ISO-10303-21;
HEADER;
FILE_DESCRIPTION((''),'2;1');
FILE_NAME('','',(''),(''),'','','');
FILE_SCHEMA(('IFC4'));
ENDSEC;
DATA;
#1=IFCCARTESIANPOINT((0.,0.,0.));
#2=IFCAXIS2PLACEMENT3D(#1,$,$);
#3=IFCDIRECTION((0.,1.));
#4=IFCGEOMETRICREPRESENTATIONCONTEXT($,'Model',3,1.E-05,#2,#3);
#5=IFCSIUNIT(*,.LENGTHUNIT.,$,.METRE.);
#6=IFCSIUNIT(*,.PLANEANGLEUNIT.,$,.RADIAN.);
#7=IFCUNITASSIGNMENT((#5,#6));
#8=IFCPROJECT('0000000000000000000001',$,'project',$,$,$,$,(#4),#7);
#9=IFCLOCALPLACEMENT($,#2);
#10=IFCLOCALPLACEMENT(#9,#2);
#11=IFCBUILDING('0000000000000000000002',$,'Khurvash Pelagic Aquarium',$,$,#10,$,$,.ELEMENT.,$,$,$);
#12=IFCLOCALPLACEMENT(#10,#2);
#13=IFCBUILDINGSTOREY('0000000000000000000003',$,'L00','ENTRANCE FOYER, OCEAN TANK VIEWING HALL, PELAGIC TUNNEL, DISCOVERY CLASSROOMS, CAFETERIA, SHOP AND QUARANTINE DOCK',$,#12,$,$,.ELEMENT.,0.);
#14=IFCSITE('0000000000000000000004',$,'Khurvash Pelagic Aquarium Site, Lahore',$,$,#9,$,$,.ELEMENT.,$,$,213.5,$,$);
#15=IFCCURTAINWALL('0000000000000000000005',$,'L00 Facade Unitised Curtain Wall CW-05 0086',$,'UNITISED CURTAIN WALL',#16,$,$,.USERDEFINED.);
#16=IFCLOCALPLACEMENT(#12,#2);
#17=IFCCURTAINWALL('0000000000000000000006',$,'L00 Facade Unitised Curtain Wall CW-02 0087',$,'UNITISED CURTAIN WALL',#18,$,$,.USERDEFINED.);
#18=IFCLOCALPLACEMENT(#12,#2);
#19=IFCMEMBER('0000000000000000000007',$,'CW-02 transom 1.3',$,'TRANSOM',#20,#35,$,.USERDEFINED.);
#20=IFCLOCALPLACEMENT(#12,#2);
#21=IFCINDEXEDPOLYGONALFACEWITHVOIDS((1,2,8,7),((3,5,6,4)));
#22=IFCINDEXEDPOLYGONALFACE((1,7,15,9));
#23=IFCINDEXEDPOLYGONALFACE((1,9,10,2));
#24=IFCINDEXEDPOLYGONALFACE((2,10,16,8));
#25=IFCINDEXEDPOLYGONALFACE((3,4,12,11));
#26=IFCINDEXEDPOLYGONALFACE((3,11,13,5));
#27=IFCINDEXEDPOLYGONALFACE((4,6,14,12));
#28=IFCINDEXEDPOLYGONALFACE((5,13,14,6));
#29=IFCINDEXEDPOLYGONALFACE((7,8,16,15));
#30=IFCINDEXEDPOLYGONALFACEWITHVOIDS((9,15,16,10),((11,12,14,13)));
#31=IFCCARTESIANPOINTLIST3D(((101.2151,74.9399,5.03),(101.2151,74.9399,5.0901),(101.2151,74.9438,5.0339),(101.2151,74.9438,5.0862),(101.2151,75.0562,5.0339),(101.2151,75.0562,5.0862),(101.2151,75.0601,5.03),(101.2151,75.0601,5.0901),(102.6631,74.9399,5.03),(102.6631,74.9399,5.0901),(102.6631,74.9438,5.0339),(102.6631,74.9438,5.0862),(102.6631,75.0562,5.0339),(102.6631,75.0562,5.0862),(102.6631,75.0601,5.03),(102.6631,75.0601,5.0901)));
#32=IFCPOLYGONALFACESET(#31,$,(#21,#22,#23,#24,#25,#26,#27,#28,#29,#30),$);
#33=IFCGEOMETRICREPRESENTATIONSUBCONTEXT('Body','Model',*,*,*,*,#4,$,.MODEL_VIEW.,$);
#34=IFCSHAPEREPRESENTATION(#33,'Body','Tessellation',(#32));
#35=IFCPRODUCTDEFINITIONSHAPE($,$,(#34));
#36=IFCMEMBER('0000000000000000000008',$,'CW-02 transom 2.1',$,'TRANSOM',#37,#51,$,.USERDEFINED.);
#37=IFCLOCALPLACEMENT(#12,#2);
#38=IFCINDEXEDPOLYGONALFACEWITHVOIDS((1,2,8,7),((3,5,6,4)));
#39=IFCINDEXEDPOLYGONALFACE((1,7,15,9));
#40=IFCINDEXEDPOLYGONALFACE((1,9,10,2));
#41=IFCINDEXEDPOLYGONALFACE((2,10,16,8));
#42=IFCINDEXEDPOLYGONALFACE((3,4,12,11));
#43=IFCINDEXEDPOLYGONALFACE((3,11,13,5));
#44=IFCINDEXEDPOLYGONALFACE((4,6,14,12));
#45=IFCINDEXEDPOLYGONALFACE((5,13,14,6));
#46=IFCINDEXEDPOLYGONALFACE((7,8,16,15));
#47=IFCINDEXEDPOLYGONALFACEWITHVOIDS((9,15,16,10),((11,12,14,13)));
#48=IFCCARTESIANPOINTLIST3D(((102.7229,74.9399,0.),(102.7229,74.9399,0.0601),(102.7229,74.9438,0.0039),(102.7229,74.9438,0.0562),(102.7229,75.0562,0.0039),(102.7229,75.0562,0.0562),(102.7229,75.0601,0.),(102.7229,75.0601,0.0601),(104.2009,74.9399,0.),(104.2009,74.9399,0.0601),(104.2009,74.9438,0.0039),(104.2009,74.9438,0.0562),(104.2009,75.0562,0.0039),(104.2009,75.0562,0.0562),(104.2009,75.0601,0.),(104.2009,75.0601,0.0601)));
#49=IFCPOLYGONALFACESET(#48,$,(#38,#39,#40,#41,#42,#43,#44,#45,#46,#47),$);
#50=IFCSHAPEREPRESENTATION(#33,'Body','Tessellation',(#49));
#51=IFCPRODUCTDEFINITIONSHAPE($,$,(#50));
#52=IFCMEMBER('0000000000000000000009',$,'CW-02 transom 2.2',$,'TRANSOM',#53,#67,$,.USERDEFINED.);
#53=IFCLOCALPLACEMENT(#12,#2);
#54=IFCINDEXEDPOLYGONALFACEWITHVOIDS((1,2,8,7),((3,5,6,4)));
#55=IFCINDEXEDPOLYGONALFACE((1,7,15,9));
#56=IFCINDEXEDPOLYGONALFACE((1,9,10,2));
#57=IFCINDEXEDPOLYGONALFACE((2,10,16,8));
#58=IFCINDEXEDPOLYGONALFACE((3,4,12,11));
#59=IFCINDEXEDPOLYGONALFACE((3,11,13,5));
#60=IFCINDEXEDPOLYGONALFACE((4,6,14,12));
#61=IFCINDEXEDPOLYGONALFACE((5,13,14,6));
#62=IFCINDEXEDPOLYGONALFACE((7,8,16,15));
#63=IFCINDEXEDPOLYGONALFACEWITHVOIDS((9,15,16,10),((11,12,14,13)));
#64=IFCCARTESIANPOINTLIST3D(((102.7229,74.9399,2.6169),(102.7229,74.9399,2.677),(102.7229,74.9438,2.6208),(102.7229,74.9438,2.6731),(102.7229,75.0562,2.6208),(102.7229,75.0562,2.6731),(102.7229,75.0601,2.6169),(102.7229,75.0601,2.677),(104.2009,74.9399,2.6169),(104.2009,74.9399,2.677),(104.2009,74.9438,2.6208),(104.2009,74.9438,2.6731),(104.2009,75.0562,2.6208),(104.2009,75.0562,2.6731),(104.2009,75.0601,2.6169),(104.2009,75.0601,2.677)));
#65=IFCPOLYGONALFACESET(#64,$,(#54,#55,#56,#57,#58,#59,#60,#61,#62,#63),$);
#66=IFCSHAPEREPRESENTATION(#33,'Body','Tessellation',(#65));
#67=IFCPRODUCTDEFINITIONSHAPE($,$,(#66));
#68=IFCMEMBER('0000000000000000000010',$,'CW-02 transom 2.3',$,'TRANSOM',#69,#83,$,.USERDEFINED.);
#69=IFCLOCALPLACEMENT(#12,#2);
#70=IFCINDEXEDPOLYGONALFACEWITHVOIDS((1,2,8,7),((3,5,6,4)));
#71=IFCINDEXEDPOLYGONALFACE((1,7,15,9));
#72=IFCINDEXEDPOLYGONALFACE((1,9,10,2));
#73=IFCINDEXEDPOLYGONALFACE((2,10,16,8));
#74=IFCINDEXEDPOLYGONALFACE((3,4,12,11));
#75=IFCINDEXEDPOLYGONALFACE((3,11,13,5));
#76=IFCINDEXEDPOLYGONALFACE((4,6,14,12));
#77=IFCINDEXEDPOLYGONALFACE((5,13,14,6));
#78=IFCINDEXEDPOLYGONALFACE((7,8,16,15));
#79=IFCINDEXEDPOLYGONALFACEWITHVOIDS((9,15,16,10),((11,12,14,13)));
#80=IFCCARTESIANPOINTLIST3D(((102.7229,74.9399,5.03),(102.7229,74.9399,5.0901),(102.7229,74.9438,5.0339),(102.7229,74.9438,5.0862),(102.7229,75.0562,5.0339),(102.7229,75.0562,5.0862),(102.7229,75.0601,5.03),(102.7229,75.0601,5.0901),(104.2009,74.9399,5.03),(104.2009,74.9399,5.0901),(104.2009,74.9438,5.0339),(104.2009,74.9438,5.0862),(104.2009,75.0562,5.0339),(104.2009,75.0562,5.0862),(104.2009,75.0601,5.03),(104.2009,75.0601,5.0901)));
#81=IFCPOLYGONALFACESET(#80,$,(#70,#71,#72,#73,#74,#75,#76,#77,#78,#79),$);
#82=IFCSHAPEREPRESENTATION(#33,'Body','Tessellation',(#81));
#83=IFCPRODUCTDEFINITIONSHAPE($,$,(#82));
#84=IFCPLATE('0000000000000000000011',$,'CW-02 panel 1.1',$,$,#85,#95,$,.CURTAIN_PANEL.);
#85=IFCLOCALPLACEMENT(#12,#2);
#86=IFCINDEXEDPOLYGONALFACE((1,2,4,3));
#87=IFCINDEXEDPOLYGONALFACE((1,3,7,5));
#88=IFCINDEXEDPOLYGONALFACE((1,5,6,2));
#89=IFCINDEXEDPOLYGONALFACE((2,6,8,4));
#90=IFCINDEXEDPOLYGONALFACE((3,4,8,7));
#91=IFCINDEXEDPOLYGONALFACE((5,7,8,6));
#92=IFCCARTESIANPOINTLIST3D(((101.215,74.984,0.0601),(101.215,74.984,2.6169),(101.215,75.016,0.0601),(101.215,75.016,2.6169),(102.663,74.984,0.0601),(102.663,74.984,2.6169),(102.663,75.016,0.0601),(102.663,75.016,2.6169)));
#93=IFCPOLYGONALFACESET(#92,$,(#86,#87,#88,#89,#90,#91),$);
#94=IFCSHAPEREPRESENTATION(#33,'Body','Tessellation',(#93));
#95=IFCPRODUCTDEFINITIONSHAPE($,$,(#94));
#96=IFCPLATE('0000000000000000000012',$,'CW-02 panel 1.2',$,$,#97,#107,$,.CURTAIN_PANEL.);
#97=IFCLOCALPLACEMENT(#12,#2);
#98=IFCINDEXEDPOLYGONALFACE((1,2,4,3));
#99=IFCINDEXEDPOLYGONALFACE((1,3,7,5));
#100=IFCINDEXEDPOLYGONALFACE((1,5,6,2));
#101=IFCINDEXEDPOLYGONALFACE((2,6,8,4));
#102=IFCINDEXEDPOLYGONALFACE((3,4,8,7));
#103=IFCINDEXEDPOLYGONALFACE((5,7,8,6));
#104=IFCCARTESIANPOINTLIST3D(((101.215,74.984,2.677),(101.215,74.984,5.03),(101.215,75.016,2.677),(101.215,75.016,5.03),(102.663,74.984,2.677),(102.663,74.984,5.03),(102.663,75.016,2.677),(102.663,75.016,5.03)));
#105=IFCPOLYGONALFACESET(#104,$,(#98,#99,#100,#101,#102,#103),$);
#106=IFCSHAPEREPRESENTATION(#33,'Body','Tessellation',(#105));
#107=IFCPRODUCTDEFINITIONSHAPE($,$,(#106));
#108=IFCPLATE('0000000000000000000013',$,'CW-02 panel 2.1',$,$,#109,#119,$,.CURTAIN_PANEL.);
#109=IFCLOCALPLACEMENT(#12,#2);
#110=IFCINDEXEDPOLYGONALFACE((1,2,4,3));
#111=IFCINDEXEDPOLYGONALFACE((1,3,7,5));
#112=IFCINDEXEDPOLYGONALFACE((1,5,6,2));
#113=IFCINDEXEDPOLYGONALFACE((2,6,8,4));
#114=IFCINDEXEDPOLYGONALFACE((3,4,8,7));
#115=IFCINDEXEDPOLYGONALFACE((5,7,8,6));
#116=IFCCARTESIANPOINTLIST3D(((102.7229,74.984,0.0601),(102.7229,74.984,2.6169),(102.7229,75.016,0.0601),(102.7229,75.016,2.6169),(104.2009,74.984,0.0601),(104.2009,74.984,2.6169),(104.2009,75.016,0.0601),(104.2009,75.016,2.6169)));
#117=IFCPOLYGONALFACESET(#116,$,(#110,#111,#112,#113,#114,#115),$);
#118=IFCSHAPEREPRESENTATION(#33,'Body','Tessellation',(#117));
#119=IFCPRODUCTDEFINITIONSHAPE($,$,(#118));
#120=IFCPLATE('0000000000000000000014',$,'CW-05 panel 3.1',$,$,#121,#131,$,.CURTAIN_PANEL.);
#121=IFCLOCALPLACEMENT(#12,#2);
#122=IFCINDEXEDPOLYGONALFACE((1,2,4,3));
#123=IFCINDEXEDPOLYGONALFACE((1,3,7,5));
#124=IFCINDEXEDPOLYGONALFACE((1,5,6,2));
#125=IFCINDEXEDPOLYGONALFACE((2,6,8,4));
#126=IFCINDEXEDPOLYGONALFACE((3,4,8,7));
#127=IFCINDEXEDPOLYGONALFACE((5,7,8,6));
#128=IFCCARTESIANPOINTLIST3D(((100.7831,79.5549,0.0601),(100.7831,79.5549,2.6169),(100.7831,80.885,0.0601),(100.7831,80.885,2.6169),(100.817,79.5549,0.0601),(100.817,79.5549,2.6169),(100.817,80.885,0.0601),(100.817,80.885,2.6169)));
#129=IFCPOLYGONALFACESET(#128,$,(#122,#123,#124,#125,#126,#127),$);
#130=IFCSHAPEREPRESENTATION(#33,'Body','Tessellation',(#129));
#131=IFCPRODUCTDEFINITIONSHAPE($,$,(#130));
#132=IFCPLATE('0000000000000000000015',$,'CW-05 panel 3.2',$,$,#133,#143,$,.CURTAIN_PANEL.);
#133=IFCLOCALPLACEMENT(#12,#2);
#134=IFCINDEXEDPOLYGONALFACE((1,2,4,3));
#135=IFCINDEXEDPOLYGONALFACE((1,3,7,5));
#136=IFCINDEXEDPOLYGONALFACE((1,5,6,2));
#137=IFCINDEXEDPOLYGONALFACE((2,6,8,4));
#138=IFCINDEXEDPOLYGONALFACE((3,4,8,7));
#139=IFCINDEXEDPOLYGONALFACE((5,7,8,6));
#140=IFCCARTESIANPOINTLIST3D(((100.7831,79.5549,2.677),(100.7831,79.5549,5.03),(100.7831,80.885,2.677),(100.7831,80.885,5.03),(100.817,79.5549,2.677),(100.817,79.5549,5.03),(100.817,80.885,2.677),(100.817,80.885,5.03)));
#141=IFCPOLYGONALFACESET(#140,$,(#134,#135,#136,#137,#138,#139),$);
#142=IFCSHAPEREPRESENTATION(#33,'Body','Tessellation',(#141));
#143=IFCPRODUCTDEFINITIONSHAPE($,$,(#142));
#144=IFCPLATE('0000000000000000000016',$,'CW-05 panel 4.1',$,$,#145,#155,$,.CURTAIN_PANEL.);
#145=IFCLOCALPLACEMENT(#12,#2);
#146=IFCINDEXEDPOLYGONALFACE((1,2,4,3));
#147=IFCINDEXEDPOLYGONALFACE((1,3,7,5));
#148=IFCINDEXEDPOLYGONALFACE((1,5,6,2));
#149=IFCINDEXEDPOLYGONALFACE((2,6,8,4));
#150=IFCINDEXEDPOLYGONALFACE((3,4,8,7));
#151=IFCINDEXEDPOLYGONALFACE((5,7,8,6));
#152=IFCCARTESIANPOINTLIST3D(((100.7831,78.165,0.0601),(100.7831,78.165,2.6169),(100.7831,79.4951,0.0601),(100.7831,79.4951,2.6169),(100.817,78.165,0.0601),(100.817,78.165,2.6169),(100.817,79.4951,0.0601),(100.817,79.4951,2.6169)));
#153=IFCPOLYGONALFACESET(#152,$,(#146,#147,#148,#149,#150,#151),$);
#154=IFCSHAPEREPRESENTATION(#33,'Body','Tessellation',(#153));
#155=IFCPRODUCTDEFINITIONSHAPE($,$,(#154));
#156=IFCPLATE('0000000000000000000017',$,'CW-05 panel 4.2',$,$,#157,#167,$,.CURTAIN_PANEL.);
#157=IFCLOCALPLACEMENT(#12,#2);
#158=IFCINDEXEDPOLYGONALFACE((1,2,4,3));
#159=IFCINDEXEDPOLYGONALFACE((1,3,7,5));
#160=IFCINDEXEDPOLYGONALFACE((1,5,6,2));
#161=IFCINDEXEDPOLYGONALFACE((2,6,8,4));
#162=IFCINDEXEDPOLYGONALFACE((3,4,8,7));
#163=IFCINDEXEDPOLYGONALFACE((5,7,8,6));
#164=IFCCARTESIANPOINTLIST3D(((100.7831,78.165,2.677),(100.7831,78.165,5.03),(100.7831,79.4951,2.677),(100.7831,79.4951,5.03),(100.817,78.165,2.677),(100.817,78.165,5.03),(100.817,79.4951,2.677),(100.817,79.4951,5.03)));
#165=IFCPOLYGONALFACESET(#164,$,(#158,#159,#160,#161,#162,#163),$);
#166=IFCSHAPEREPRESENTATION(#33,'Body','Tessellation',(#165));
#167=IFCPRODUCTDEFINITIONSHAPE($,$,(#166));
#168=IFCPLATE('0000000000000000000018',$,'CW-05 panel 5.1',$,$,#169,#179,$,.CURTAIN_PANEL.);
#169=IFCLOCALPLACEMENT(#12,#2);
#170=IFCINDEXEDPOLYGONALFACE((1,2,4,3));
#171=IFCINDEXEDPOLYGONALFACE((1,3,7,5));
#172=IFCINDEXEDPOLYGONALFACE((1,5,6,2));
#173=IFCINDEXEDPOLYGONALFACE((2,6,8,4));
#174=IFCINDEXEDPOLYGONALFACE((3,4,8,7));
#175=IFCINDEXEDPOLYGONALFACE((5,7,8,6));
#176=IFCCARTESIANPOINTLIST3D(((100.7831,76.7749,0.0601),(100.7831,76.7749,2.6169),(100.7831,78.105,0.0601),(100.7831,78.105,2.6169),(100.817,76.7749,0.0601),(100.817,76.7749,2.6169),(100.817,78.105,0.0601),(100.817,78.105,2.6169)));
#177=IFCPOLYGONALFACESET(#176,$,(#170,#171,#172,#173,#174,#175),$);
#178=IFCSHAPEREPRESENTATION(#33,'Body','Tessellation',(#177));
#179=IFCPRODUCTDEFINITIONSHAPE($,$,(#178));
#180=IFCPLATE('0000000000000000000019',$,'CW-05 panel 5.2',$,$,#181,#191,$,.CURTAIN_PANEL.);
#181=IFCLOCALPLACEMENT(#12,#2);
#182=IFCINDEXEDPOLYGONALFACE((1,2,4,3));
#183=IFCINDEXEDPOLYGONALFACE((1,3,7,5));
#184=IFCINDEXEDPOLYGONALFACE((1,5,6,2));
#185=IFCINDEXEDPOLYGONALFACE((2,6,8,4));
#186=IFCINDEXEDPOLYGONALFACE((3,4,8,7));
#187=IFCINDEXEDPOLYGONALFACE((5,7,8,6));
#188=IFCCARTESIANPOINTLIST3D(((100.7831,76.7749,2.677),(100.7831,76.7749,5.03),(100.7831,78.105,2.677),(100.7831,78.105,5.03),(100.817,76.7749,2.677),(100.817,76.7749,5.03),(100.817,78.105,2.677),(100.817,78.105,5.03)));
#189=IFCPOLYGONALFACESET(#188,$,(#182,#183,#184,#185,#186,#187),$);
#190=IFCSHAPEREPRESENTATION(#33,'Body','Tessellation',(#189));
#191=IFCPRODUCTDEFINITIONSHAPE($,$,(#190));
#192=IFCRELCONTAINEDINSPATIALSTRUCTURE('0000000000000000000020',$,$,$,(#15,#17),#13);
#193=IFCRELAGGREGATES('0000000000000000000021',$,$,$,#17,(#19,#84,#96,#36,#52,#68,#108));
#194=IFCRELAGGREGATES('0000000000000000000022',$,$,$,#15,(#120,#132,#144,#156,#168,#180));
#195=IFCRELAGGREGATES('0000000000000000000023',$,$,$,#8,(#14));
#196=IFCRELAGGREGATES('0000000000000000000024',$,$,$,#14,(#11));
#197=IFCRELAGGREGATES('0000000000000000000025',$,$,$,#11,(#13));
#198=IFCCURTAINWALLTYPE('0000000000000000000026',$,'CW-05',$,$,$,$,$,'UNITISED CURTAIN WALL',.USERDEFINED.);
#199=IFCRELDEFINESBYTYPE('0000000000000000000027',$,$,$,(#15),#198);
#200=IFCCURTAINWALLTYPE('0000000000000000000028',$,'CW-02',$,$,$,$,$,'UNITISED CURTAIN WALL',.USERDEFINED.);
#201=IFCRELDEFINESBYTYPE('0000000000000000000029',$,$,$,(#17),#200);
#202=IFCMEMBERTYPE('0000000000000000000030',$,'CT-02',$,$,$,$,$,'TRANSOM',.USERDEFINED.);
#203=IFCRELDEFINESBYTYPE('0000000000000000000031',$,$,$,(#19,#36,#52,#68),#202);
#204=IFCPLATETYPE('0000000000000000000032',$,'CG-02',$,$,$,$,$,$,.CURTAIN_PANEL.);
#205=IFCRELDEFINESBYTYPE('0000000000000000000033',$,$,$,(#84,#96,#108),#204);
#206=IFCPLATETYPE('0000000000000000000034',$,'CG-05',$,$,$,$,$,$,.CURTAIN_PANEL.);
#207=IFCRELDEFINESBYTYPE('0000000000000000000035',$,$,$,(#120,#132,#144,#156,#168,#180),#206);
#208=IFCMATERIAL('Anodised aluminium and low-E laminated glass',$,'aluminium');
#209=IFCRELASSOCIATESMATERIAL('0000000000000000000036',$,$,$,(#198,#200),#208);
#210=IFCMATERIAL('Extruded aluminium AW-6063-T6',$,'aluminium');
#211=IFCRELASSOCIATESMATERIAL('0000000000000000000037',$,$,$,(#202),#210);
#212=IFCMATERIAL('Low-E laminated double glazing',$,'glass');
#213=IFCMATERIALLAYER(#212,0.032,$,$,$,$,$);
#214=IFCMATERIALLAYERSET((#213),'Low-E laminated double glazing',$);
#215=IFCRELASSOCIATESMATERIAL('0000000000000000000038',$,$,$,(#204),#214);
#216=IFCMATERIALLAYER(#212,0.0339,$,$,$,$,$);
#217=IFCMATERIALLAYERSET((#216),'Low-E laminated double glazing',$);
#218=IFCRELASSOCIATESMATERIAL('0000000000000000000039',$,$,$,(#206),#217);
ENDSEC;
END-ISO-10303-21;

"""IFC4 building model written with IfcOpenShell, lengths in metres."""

from ifc_helpers import new_model, si_unit, direction, frame, origin, origin_2d, place, context, subcontext, project, spatial, rectangle, hollow_rectangle, extrude, material, layer, layer_set, material_profile, profile_set, type_object, element, aggregate, save


model = new_model("IFC4")

# Units and contexts
model_context = context("Model", 3, precision=1e-05, world=origin(), true_north=direction((0.0, 1.0)))
body_context = subcontext(model_context, "Body", "Model", "MODEL_VIEW")
ifc_project = project(units=[si_unit("LENGTHUNIT", "METRE"), si_unit("PLANEANGLEUNIT", "RADIAN")], contexts=[model_context])

# Site, building, storey
site_placement = place(None, origin())
site = spatial("IfcSite", under=ifc_project, at=site_placement, Name="Khurvash Pelagic Aquarium Site, Lahore", CompositionType="ELEMENT", RefElevation=213.5)
building_placement = place(site_placement, origin())
building = spatial("IfcBuilding", under=site, at=building_placement, Name="Khurvash Pelagic Aquarium", CompositionType="ELEMENT")
storey_placement = place(building_placement, origin())
storey = spatial("IfcBuildingStorey", under=building, at=storey_placement, Name="L00", Description="ENTRANCE FOYER, OCEAN TANK VIEWING HALL, PELAGIC TUNNEL, DISCOVERY CLASSROOMS, CAFETERIA, SHOP AND QUARANTINE DOCK", CompositionType="ELEMENT", Elevation=0.0)

# Curtain walls
ifc_material_1 = material(Name="Anodised aluminium and low-E laminated glass", Category="aluminium")
curtain_wall_type_1 = type_object("IfcCurtainWallType", Name="CW-05", ElementType="UNITISED CURTAIN WALL", PredefinedType="USERDEFINED", material=ifc_material_1)
curtain_wall_1_placement = place(storey_placement, origin())
curtain_wall_1 = element("IfcCurtainWall", 1, at=curtain_wall_1_placement, inside=storey, type_object=curtain_wall_type_1, Name="L00 Facade Unitised Curtain Wall CW-05 0086", ObjectType="UNITISED CURTAIN WALL", PredefinedType="USERDEFINED")
ifc_material_2 = material(Name="Extruded aluminium AW-6063-T6", Category="aluminium")
curtain_wall_type_2 = type_object("IfcCurtainWallType", Name="CW-02", ElementType="UNITISED CURTAIN WALL", PredefinedType="USERDEFINED", material=ifc_material_1)
curtain_wall_2_placement = place(storey_placement, origin())
curtain_wall_2 = element("IfcCurtainWall", 2, at=curtain_wall_2_placement, inside=storey, type_object=curtain_wall_type_2, Name="L00 Facade Unitised Curtain Wall CW-02 0087", ObjectType="UNITISED CURTAIN WALL", PredefinedType="USERDEFINED")

# Members
ifc_material_profile_1 = material_profile(ifc_material_2, hollow_rectangle(XDim=0.1201, YDim=0.0601, WallThickness=0.0039, at=origin_2d()), Name="CWT120X60X4")
ifc_profile_set_1 = profile_set([ifc_material_profile_1], Name="Extruded aluminium AW-6063-T6")
member_type_1 = type_object("IfcMemberType", Name="CT-02", ElementType="TRANSOM", PredefinedType="USERDEFINED", material=ifc_profile_set_1)
member_1_placement = place(storey_placement, frame((101.2151, 75.0, 5.0601), z_axis=(1.0, 0.0, 0.0), x_axis=(0.0, 1.0, 0.0)))
member_1 = element("IfcMember", 3, at=member_1_placement, type_object=member_type_1, Name="CW-02 transom 1.3", ObjectType="TRANSOM", PredefinedType="USERDEFINED", context=body_context, shape_type="SweptSolid", body=[
    extrude(hollow_rectangle(XDim=0.1201, YDim=0.0601, WallThickness=0.0039, at=origin_2d()), origin(), (0.0, 0.0, 1.0), 1.448),
])
member_2_placement = place(storey_placement, frame((102.7229, 75.0, 0.03), z_axis=(1.0, 0.0, 0.0), x_axis=(0.0, 1.0, 0.0)))
member_2 = element("IfcMember", 4, at=member_2_placement, type_object=member_type_1, Name="CW-02 transom 2.1", ObjectType="TRANSOM", PredefinedType="USERDEFINED", context=body_context, shape_type="SweptSolid", body=[
    extrude(hollow_rectangle(XDim=0.1201, YDim=0.0601, WallThickness=0.0039, at=origin_2d()), origin(), (0.0, 0.0, 1.0), 1.478),
])
member_3_placement = place(storey_placement, frame((102.7229, 75.0, 2.647), z_axis=(1.0, 0.0, 0.0), x_axis=(0.0, 1.0, 0.0)))
member_3 = element("IfcMember", 5, at=member_3_placement, type_object=member_type_1, Name="CW-02 transom 2.2", ObjectType="TRANSOM", PredefinedType="USERDEFINED", context=body_context, shape_type="SweptSolid", body=[
    extrude(hollow_rectangle(XDim=0.1201, YDim=0.0601, WallThickness=0.0039, at=origin_2d()), origin(), (0.0, 0.0, 1.0), 1.478),
])
member_4_placement = place(storey_placement, frame((102.7229, 75.0, 5.0601), z_axis=(1.0, 0.0, 0.0), x_axis=(0.0, 1.0, 0.0)))
member_4 = element("IfcMember", 6, at=member_4_placement, type_object=member_type_1, Name="CW-02 transom 2.3", ObjectType="TRANSOM", PredefinedType="USERDEFINED", context=body_context, shape_type="SweptSolid", body=[
    extrude(hollow_rectangle(XDim=0.1201, YDim=0.0601, WallThickness=0.0039, at=origin_2d()), origin(), (0.0, 0.0, 1.0), 1.478),
])

# Plates
ifc_material_3 = material(Name="Low-E laminated double glazing", Category="glass")
ifc_layer_1 = layer(ifc_material_3, 0.032)
ifc_layer_set_1 = layer_set([ifc_layer_1], Name="Low-E laminated double glazing")
plate_type_1 = type_object("IfcPlateType", Name="CG-02", PredefinedType="CURTAIN_PANEL", material=ifc_layer_set_1)
plate_1_placement = place(storey_placement, frame((101.939, 75.0, 0.0601), z_axis=(0.0, 0.0, 1.0), x_axis=(1.0, 0.0, 0.0)))
plate_1 = element("IfcPlate", 7, at=plate_1_placement, type_object=plate_type_1, Name="CW-02 panel 1.1", PredefinedType="CURTAIN_PANEL", context=body_context, shape_type="SweptSolid", body=[
    extrude(rectangle(XDim=1.448, YDim=0.032, at=origin_2d()), origin(), (0.0, 0.0, 1.0), 2.5569),
])
plate_2_placement = place(storey_placement, frame((101.939, 75.0, 2.677), z_axis=(0.0, 0.0, 1.0), x_axis=(1.0, 0.0, 0.0)))
plate_2 = element("IfcPlate", 8, at=plate_2_placement, type_object=plate_type_1, Name="CW-02 panel 1.2", PredefinedType="CURTAIN_PANEL", context=body_context, shape_type="SweptSolid", body=[
    extrude(rectangle(XDim=1.448, YDim=0.032, at=origin_2d()), origin(), (0.0, 0.0, 1.0), 2.353),
])
plate_3_placement = place(storey_placement, frame((103.4619, 75.0, 0.0601), z_axis=(0.0, 0.0, 1.0), x_axis=(1.0, 0.0, 0.0)))
plate_3 = element("IfcPlate", 9, at=plate_3_placement, type_object=plate_type_1, Name="CW-02 panel 2.1", PredefinedType="CURTAIN_PANEL", context=body_context, shape_type="SweptSolid", body=[
    extrude(rectangle(XDim=1.478, YDim=0.032, at=origin_2d()), origin(), (0.0, 0.0, 1.0), 2.5569),
])
aggregate(curtain_wall_2, [member_1, plate_1, plate_2, member_2, member_3, member_4, plate_3])
ifc_layer_2 = layer(ifc_material_3, 0.0339)
ifc_layer_set_2 = layer_set([ifc_layer_2], Name="Low-E laminated double glazing")
plate_type_2 = type_object("IfcPlateType", Name="CG-05", PredefinedType="CURTAIN_PANEL", material=ifc_layer_set_2)
plate_4_placement = place(storey_placement, frame((100.8, 80.22, 0.0601), z_axis=(0.0, 0.0, 1.0), x_axis=(0.0, -1.0, 0.0)))
plate_4 = element("IfcPlate", 10, at=plate_4_placement, type_object=plate_type_2, Name="CW-05 panel 3.1", PredefinedType="CURTAIN_PANEL", context=body_context, shape_type="SweptSolid", body=[
    extrude(rectangle(XDim=1.3301, YDim=0.0339, at=origin_2d()), origin(), (0.0, 0.0, 1.0), 2.5569),
])
plate_5_placement = place(storey_placement, frame((100.8, 80.22, 2.677), z_axis=(0.0, 0.0, 1.0), x_axis=(0.0, -1.0, 0.0)))
plate_5 = element("IfcPlate", 11, at=plate_5_placement, type_object=plate_type_2, Name="CW-05 panel 3.2", PredefinedType="CURTAIN_PANEL", context=body_context, shape_type="SweptSolid", body=[
    extrude(rectangle(XDim=1.3301, YDim=0.0339, at=origin_2d()), origin(), (0.0, 0.0, 1.0), 2.353),
])
plate_6_placement = place(storey_placement, frame((100.8, 78.8301, 0.0601), z_axis=(0.0, 0.0, 1.0), x_axis=(0.0, -1.0, 0.0)))
plate_6 = element("IfcPlate", 12, at=plate_6_placement, type_object=plate_type_2, Name="CW-05 panel 4.1", PredefinedType="CURTAIN_PANEL", context=body_context, shape_type="SweptSolid", body=[
    extrude(rectangle(XDim=1.3301, YDim=0.0339, at=origin_2d()), origin(), (0.0, 0.0, 1.0), 2.5569),
])
plate_7_placement = place(storey_placement, frame((100.8, 78.8301, 2.677), z_axis=(0.0, 0.0, 1.0), x_axis=(0.0, -1.0, 0.0)))
plate_7 = element("IfcPlate", 13, at=plate_7_placement, type_object=plate_type_2, Name="CW-05 panel 4.2", PredefinedType="CURTAIN_PANEL", context=body_context, shape_type="SweptSolid", body=[
    extrude(rectangle(XDim=1.3301, YDim=0.0339, at=origin_2d()), origin(), (0.0, 0.0, 1.0), 2.353),
])
plate_8_placement = place(storey_placement, frame((100.8, 77.4399, 0.0601), z_axis=(0.0, 0.0, 1.0), x_axis=(0.0, -1.0, 0.0)))
plate_8 = element("IfcPlate", 14, at=plate_8_placement, type_object=plate_type_2, Name="CW-05 panel 5.1", PredefinedType="CURTAIN_PANEL", context=body_context, shape_type="SweptSolid", body=[
    extrude(rectangle(XDim=1.3301, YDim=0.0339, at=origin_2d()), origin(), (0.0, 0.0, 1.0), 2.5569),
])
plate_9_placement = place(storey_placement, frame((100.8, 77.4399, 2.677), z_axis=(0.0, 0.0, 1.0), x_axis=(0.0, -1.0, 0.0)))
plate_9 = element("IfcPlate", 15, at=plate_9_placement, type_object=plate_type_2, Name="CW-05 panel 5.2", PredefinedType="CURTAIN_PANEL", context=body_context, shape_type="SweptSolid", body=[
    extrude(rectangle(XDim=1.3301, YDim=0.0339, at=origin_2d()), origin(), (0.0, 0.0, 1.0), 2.353),
])
aggregate(curtain_wall_1, [plate_4, plate_5, plate_6, plate_7, plate_8, plate_9])

save(model, "model.ifc")
